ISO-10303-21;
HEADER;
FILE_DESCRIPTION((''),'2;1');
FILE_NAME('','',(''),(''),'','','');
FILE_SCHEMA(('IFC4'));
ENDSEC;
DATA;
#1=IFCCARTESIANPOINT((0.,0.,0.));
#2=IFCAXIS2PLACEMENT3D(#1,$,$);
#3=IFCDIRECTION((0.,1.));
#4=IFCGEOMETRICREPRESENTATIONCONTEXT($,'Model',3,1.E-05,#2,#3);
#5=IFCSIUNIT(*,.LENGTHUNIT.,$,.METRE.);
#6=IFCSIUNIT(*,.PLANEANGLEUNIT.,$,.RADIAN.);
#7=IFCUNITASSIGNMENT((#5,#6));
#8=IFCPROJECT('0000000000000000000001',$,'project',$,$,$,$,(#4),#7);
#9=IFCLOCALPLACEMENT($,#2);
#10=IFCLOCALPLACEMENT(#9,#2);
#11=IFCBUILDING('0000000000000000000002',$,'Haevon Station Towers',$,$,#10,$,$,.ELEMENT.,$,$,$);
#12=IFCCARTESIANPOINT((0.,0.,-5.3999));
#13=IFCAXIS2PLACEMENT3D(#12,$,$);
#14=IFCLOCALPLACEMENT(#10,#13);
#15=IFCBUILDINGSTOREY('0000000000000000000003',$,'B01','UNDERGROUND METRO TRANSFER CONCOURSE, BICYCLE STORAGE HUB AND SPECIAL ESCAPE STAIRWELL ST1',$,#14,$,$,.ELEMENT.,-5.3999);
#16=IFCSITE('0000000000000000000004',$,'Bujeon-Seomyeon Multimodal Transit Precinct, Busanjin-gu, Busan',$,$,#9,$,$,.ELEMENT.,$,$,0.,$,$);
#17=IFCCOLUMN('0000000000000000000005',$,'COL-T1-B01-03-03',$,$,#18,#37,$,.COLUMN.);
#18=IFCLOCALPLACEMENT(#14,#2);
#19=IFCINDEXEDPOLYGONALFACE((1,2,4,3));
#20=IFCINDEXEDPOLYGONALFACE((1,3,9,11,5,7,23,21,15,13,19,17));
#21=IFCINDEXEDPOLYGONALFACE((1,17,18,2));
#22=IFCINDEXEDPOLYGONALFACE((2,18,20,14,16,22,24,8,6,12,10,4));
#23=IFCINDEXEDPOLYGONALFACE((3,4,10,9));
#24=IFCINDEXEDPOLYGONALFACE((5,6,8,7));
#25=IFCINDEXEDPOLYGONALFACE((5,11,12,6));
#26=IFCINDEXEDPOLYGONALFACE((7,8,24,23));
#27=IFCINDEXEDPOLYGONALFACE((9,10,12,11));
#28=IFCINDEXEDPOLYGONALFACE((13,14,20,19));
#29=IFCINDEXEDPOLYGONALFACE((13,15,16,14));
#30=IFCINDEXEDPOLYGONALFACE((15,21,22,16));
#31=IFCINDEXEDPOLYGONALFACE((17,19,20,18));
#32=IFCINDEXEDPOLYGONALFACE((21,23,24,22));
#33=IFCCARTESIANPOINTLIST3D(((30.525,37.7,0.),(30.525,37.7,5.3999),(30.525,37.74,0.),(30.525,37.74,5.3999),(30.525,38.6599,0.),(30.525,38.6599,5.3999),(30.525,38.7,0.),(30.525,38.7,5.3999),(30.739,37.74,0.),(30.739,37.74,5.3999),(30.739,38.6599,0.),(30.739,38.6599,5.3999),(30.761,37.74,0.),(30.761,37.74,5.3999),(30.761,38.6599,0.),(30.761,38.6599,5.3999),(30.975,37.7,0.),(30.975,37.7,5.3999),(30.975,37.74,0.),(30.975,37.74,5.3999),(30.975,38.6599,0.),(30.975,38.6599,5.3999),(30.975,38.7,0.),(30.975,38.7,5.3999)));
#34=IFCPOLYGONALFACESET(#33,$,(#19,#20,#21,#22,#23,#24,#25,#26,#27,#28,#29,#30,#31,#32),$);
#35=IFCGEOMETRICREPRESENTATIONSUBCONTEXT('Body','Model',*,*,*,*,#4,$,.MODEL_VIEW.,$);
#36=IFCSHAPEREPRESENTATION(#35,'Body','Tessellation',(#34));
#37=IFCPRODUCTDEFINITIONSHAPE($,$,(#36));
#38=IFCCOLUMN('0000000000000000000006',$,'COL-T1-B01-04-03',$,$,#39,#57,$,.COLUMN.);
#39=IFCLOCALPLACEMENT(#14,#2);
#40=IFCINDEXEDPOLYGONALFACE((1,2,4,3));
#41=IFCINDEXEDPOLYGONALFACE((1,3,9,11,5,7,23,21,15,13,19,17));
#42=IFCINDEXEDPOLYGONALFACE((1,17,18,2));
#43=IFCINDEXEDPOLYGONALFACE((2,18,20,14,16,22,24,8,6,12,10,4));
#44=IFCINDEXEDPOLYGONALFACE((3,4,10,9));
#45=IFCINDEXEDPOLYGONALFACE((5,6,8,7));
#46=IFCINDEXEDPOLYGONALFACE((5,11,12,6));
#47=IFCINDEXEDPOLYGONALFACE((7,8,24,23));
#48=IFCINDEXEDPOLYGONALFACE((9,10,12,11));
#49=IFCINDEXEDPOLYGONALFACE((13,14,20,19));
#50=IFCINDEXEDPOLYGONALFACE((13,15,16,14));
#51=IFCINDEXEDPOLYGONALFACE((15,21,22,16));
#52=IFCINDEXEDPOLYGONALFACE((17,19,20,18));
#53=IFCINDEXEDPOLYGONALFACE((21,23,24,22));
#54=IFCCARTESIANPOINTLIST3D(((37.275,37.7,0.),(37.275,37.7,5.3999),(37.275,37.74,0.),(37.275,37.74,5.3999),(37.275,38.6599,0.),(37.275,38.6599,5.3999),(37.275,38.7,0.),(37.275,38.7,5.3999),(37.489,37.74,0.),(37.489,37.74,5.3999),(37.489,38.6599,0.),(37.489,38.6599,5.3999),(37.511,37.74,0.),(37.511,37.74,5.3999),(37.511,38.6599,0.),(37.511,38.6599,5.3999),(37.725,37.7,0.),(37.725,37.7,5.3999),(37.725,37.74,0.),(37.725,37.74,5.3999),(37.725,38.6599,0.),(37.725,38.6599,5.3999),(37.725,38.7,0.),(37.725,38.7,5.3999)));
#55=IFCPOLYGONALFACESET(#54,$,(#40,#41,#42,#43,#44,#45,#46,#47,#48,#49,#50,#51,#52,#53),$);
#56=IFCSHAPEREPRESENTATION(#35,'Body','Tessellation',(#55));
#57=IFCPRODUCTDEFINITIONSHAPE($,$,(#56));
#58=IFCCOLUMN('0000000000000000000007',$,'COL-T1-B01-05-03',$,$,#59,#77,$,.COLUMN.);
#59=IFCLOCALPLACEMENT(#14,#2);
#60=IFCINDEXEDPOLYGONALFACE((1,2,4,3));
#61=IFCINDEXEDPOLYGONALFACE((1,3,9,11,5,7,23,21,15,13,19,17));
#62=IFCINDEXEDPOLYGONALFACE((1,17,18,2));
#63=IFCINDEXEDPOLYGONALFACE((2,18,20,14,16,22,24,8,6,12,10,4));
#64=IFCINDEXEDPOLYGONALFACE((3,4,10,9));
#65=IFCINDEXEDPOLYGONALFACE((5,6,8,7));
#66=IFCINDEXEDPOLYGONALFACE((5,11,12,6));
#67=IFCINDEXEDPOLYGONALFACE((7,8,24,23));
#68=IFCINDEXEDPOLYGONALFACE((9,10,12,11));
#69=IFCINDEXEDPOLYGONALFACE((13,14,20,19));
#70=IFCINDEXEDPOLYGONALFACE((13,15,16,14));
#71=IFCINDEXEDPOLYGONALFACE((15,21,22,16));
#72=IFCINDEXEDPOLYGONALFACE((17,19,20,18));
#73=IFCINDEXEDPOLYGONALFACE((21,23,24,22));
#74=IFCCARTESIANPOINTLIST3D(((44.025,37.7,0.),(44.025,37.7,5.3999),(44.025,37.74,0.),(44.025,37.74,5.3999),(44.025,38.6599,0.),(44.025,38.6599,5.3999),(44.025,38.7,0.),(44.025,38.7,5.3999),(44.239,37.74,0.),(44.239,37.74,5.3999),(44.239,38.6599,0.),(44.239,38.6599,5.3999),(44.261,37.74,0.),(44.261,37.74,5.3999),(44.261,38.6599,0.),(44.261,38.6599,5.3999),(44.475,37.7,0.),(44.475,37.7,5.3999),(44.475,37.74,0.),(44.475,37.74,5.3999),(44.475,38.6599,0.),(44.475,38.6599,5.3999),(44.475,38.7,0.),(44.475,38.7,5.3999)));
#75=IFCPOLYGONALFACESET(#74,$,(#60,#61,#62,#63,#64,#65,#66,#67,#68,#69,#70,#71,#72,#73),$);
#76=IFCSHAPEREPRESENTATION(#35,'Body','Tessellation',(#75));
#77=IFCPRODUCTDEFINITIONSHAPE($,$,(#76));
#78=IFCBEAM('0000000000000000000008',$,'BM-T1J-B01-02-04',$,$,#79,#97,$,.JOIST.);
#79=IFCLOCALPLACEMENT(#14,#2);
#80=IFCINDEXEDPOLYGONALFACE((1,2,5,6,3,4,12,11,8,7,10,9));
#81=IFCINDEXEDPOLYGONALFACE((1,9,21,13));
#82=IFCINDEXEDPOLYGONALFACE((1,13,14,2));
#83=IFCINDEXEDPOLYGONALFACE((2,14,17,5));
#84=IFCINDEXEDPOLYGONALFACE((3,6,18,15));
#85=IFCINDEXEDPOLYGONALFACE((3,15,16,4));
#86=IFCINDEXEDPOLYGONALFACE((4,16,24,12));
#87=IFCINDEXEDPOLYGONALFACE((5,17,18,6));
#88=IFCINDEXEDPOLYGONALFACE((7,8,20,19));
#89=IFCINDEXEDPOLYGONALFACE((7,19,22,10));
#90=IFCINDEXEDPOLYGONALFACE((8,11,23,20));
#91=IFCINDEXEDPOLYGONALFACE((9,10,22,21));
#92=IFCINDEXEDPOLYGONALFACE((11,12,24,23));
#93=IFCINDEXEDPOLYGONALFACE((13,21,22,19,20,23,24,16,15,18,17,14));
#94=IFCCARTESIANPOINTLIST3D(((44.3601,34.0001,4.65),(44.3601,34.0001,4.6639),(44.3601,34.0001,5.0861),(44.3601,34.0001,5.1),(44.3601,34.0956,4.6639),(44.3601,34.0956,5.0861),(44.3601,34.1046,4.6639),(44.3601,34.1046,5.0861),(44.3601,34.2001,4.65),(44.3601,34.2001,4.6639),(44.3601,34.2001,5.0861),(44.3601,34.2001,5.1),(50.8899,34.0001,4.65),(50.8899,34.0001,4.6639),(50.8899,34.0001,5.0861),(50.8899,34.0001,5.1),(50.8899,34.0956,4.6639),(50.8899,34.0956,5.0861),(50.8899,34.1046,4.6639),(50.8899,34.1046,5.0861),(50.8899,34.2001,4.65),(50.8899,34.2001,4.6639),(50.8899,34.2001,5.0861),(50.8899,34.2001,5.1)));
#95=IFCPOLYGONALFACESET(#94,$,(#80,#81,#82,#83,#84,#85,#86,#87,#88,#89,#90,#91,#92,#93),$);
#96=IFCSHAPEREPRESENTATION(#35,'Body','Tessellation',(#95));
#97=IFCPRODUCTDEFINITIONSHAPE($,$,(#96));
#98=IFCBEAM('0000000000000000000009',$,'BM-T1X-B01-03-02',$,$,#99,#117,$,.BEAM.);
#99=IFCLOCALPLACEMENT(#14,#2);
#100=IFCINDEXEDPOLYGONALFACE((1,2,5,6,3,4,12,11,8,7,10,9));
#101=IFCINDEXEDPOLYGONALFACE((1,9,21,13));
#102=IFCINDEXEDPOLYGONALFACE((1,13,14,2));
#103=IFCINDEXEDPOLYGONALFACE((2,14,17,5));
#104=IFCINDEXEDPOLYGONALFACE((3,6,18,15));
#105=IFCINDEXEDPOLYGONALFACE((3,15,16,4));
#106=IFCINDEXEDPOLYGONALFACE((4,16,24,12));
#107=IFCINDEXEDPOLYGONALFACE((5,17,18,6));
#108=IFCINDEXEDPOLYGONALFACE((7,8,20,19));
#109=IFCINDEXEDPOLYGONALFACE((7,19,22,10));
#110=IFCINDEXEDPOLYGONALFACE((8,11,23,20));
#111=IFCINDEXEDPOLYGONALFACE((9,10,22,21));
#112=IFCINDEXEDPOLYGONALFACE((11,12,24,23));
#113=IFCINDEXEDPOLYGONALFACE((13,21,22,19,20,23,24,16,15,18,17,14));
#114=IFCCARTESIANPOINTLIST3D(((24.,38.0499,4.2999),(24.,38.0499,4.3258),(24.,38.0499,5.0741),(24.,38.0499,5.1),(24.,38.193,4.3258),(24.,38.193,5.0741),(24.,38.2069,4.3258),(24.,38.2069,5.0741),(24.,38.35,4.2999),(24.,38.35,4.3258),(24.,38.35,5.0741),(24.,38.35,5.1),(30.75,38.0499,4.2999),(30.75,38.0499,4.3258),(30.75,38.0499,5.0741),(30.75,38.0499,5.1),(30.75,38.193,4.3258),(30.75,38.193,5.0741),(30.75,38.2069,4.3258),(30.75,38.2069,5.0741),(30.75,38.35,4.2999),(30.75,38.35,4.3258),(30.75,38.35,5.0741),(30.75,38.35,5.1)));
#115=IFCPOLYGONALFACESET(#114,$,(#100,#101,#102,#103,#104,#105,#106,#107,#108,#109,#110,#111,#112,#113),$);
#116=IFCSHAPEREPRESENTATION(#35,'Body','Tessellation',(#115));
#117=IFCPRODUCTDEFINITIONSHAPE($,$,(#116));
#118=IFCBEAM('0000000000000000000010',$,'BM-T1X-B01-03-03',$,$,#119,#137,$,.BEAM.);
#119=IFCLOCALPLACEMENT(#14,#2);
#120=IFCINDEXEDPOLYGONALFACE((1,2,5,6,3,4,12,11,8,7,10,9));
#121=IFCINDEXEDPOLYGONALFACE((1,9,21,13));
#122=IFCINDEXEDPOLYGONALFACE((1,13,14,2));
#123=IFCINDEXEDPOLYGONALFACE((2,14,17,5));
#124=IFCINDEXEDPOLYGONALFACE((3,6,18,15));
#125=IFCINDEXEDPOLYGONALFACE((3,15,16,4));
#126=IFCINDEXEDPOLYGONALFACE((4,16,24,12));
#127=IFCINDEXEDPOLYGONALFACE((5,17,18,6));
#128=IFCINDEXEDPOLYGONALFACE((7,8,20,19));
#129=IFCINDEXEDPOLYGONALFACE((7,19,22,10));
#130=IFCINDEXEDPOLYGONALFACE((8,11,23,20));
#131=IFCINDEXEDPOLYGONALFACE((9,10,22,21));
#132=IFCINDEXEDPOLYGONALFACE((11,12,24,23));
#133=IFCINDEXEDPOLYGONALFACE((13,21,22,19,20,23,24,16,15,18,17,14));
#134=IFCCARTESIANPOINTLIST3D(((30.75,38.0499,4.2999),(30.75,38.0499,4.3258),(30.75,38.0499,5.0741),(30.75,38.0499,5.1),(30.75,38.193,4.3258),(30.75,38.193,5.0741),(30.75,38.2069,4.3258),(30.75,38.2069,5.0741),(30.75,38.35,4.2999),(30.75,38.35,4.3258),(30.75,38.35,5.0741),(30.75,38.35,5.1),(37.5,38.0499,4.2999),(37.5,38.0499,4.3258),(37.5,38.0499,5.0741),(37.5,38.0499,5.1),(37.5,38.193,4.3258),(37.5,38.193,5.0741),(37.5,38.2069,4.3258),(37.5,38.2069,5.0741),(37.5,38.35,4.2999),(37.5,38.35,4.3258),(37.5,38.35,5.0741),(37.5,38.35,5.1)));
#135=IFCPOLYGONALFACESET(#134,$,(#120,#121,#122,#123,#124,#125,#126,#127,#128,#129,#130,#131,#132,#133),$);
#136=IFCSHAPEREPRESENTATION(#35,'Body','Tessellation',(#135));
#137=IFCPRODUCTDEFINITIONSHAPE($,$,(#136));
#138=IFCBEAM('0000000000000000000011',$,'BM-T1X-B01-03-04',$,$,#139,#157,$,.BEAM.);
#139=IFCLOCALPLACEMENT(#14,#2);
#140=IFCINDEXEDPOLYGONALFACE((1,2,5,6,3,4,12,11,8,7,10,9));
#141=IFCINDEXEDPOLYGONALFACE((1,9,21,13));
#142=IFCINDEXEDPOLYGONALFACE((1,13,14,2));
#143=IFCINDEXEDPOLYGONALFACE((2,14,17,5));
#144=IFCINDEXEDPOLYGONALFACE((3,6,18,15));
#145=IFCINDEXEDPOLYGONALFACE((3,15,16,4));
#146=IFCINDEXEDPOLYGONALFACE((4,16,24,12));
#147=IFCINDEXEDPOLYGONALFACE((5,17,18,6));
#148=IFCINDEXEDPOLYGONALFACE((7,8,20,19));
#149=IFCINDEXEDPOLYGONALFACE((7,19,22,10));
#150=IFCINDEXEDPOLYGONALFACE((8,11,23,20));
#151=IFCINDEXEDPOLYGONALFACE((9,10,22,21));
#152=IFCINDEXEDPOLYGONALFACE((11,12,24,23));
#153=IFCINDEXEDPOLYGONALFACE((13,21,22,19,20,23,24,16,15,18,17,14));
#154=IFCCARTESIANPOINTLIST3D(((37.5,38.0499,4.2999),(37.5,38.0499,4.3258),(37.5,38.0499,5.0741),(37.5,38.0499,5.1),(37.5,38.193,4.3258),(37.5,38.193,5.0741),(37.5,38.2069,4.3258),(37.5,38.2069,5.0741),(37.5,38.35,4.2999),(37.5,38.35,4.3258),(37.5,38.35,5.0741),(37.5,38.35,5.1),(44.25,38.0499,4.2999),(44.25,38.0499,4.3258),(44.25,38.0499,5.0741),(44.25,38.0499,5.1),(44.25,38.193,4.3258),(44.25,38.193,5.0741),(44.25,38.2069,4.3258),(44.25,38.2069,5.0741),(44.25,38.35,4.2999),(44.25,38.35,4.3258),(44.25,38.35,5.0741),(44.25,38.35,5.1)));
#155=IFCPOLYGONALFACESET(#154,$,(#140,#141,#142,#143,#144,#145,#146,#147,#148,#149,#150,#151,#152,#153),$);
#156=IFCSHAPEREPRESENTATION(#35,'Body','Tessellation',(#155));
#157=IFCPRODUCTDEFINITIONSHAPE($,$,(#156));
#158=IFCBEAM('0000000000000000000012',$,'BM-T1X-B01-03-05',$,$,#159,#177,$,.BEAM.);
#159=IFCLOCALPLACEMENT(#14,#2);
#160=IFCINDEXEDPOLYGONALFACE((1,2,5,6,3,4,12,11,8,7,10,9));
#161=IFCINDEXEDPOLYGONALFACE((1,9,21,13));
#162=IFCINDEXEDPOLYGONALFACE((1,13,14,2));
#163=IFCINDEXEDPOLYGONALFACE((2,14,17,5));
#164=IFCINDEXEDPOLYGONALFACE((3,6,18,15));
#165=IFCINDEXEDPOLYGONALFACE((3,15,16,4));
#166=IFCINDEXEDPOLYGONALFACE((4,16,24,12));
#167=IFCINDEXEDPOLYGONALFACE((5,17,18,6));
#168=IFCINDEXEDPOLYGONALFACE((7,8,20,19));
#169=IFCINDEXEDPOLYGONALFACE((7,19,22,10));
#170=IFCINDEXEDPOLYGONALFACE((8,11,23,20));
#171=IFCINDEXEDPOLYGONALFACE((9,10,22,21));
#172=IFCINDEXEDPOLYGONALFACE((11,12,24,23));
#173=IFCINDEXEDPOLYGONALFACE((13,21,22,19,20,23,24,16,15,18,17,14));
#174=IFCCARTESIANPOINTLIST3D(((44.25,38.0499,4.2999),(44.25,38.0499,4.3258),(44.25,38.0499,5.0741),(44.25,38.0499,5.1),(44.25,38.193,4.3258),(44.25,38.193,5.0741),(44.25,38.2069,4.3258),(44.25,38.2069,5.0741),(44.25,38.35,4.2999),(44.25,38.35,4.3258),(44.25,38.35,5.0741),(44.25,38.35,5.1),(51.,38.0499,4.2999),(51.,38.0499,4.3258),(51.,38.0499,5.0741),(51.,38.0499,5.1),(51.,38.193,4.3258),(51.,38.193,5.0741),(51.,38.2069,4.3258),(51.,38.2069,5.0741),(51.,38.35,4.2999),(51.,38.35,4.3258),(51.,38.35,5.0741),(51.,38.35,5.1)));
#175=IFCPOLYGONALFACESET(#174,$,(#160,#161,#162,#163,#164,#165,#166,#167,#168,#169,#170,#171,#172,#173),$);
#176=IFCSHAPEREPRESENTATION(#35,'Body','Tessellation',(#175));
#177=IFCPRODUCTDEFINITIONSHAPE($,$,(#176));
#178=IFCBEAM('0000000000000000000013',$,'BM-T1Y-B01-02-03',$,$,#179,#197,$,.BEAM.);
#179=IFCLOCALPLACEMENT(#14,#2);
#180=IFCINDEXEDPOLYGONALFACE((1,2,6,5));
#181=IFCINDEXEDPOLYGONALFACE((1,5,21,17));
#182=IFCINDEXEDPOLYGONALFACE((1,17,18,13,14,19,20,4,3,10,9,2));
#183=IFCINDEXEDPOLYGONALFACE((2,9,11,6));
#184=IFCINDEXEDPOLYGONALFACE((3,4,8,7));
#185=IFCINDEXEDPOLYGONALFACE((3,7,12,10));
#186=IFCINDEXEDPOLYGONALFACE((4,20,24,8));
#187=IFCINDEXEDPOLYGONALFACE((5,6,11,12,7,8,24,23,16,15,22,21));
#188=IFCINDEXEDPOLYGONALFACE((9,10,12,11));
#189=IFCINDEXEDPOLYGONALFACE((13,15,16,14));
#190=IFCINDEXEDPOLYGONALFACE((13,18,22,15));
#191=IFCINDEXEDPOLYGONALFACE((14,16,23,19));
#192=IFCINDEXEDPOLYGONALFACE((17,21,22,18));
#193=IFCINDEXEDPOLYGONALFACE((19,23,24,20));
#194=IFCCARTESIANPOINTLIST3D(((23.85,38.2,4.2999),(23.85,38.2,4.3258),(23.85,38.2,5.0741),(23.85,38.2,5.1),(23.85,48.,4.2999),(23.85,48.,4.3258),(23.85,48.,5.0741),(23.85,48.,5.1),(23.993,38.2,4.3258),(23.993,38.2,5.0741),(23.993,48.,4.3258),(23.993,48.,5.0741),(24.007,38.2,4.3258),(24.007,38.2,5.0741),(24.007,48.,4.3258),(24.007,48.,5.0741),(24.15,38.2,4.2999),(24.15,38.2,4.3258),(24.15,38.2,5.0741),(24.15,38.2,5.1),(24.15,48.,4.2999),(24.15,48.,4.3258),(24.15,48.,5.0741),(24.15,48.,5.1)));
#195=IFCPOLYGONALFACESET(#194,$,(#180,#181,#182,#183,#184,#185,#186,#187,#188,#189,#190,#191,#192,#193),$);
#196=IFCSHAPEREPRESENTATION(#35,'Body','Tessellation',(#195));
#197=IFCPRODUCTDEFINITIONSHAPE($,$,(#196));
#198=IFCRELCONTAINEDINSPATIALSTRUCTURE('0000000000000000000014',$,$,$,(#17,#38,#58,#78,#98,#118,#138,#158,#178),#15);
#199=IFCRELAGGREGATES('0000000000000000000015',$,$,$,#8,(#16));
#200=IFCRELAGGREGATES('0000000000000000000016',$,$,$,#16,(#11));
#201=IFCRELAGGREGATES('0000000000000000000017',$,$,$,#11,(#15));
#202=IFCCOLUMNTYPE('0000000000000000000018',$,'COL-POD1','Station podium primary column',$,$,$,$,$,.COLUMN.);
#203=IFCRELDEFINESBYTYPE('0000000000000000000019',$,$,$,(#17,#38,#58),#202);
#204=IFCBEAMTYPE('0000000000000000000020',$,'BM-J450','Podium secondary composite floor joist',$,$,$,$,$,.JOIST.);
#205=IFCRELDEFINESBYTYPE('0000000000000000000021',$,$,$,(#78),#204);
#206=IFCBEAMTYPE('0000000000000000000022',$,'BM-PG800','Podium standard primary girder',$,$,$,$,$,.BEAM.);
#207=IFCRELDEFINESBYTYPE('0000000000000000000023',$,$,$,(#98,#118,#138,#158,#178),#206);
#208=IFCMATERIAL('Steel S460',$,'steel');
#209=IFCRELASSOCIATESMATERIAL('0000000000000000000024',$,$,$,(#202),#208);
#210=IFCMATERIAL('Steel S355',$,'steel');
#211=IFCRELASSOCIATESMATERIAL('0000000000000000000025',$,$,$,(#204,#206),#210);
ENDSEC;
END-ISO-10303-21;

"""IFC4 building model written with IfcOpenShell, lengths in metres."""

from ifc_helpers import new_model, si_unit, direction, frame, origin, origin_2d, place, context, subcontext, project, spatial, i_section, extrude, material, material_profile, profile_set, type_object, element, save


model = new_model("IFC4")

# Units and contexts
model_context = context("Model", 3, precision=1e-05, world=origin(), true_north=direction((0.0, 1.0)))
body_context = subcontext(model_context, "Body", "Model", "MODEL_VIEW")
ifc_project = project(units=[si_unit("LENGTHUNIT", "METRE"), si_unit("PLANEANGLEUNIT", "RADIAN")], contexts=[model_context])

# Site, building, storey
site_placement = place(None, origin())
site = spatial("IfcSite", under=ifc_project, at=site_placement, Name="Bujeon-Seomyeon Multimodal Transit Precinct, Busanjin-gu, Busan", CompositionType="ELEMENT", RefElevation=0.0)
building_placement = place(site_placement, origin())
building = spatial("IfcBuilding", under=site, at=building_placement, Name="Haevon Station Towers", CompositionType="ELEMENT")
storey_placement = place(building_placement, frame((0.0, 0.0, -5.3999)))
storey = spatial("IfcBuildingStorey", under=building, at=storey_placement, Name="B01", Description="UNDERGROUND METRO TRANSFER CONCOURSE, BICYCLE STORAGE HUB AND SPECIAL ESCAPE STAIRWELL ST1", CompositionType="ELEMENT", Elevation=-5.3999)

# Columns
ifc_material_1 = material(Name="Steel S460", Category="steel")
ifc_material_profile_1 = material_profile(ifc_material_1, i_section(OverallWidth=0.45, OverallDepth=1.0, WebThickness=0.022, FlangeThickness=0.04, at=origin_2d()), Name="H-1000x450x22x40")
ifc_profile_set_1 = profile_set([ifc_material_profile_1], Name="Steel S460")
column_type = type_object("IfcColumnType", Name="COL-POD1", Description="Station podium primary column", PredefinedType="COLUMN", material=ifc_profile_set_1)
for number, where, z_axis, x_axis, name in (
    (1, (30.75, 38.2, 0.0), (0.0, 0.0, 1.0), (1.0, 0.0, 0.0), "COL-T1-B01-03-03"),
    (2, (37.5, 38.2, 0.0), (0.0, 0.0, 1.0), (1.0, 0.0, 0.0), "COL-T1-B01-04-03"),
    (3, (44.25, 38.2, 0.0), (0.0, 0.0, 1.0), (1.0, 0.0, 0.0), "COL-T1-B01-05-03"),
):
    element("IfcColumn", number, at=place(storey_placement, frame(where, z_axis=z_axis, x_axis=x_axis)), inside=storey, type_object=column_type, Name=name, PredefinedType="COLUMN", context=body_context, shape_type="SweptSolid", body=[
        extrude(i_section(OverallWidth=0.45, OverallDepth=1.0, WebThickness=0.022, FlangeThickness=0.04, at=origin_2d()), origin(), (0.0, 0.0, 1.0), 5.3999),
    ])

# Beams
ifc_material_2 = material(Name="Steel S355", Category="steel")
ifc_material_profile_2 = material_profile(ifc_material_2, i_section(OverallWidth=0.2, OverallDepth=0.45, WebThickness=0.009, FlangeThickness=0.0139, at=origin_2d()), Name="H-450x200x9x14")
ifc_profile_set_2 = profile_set([ifc_material_profile_2], Name="Steel S355")
beam_type_1 = type_object("IfcBeamType", Name="BM-J450", Description="Podium secondary composite floor joist", PredefinedType="JOIST", material=ifc_profile_set_2)
beam_placement = place(storey_placement, frame((44.3601, 34.1001, 4.875), z_axis=(1.0, 0.0, 0.0), x_axis=(0.0, 1.0, 0.0)))
element("IfcBeam", 4, at=beam_placement, inside=storey, type_object=beam_type_1, Name="BM-T1J-B01-02-04", PredefinedType="JOIST", context=body_context, shape_type="SweptSolid", body=[
    extrude(i_section(OverallWidth=0.2, OverallDepth=0.45, WebThickness=0.009, FlangeThickness=0.0139, at=origin_2d()), origin(), (0.0, 0.0, 1.0), 6.5298),
])
ifc_material_profile_3 = material_profile(ifc_material_2, i_section(OverallWidth=0.3, OverallDepth=0.8, WebThickness=0.0139, FlangeThickness=0.0259, at=origin_2d()), Name="H-800x300x14x26")
ifc_profile_set_3 = profile_set([ifc_material_profile_3], Name="Steel S355")
beam_type_2 = type_object("IfcBeamType", Name="BM-PG800", Description="Podium standard primary girder", PredefinedType="BEAM", material=ifc_profile_set_3)
for number, where, z_axis, x_axis, name in (
    (5, (24.0, 38.2, 4.7), (1.0, 0.0, 0.0), (0.0, 1.0, 0.0), "BM-T1X-B01-03-02"),
    (6, (30.75, 38.2, 4.7), (1.0, 0.0, 0.0), (0.0, 1.0, 0.0), "BM-T1X-B01-03-03"),
    (7, (37.5, 38.2, 4.7), (1.0, 0.0, 0.0), (0.0, 1.0, 0.0), "BM-T1X-B01-03-04"),
    (8, (44.25, 38.2, 4.7), (1.0, 0.0, 0.0), (0.0, 1.0, 0.0), "BM-T1X-B01-03-05"),
):
    element("IfcBeam", number, at=place(storey_placement, frame(where, z_axis=z_axis, x_axis=x_axis)), inside=storey, type_object=beam_type_2, Name=name, PredefinedType="BEAM", context=body_context, shape_type="SweptSolid", body=[
        extrude(i_section(OverallWidth=0.3, OverallDepth=0.8, WebThickness=0.0139, FlangeThickness=0.0259, at=origin_2d()), origin(), (0.0, 0.0, 1.0), 6.75),
    ])
for number, where, z_axis, x_axis, name in (
    (9, (24.0, 38.2, 4.7), (0.0, 1.0, 0.0), (-1.0, 0.0, 0.0), "BM-T1Y-B01-02-03"),
):
    element("IfcBeam", number, at=place(storey_placement, frame(where, z_axis=z_axis, x_axis=x_axis)), inside=storey, type_object=beam_type_2, Name=name, PredefinedType="BEAM", context=body_context, shape_type="SweptSolid", body=[
        extrude(i_section(OverallWidth=0.3, OverallDepth=0.8, WebThickness=0.0139, FlangeThickness=0.0259, at=origin_2d()), origin(), (0.0, 0.0, 1.0), 9.8),
    ])

save(model, "model.ifc")
